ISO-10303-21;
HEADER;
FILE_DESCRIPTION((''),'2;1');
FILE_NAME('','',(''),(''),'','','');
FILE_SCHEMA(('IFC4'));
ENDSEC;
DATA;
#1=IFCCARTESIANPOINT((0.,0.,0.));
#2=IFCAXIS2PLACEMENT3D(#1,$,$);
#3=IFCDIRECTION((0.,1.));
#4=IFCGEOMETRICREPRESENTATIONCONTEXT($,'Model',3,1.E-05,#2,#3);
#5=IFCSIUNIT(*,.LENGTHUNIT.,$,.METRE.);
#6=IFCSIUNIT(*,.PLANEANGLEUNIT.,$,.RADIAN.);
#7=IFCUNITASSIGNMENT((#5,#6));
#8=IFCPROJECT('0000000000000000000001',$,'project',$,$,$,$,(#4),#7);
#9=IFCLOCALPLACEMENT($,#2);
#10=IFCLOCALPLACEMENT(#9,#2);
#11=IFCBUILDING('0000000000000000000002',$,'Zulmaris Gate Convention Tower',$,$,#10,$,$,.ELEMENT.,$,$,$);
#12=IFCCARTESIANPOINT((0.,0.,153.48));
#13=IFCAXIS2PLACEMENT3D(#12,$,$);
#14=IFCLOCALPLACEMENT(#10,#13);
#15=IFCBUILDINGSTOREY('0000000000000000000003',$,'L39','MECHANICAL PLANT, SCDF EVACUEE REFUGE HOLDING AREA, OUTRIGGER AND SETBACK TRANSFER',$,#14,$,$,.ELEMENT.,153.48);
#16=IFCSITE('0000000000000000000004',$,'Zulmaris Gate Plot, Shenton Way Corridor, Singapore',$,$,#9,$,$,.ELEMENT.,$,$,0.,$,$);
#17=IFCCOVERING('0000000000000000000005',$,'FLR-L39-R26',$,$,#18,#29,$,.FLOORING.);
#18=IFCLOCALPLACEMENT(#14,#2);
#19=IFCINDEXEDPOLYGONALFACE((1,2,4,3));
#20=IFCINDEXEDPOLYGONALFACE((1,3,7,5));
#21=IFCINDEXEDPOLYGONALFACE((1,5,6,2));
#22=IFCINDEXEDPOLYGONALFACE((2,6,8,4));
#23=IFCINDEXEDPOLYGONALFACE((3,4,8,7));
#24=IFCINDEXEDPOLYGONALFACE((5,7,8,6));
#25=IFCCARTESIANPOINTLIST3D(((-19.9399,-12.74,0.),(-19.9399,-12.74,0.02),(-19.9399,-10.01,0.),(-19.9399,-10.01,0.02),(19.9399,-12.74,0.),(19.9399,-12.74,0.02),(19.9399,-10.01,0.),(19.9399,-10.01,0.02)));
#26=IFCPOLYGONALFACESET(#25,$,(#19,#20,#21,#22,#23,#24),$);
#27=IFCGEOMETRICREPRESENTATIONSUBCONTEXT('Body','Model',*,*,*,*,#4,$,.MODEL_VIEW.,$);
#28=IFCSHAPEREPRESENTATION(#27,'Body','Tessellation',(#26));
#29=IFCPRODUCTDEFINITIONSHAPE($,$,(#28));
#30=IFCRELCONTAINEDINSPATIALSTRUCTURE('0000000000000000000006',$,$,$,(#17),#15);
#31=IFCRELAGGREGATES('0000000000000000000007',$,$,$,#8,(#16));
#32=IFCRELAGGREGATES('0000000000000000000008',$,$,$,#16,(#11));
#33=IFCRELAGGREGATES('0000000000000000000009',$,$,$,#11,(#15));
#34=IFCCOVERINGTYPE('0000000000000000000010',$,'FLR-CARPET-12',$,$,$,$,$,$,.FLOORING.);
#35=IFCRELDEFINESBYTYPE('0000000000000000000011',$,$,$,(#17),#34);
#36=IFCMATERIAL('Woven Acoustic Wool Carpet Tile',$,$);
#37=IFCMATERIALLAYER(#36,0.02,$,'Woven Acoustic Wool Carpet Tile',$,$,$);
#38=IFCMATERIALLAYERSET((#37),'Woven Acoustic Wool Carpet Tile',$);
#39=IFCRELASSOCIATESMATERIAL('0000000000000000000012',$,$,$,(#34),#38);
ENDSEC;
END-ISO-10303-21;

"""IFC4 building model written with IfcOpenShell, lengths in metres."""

from ifc_helpers import new_model, si_unit, direction, frame, origin, place, context, subcontext, project, spatial, polyline, outline, extrude, material, layer, layer_set, type_object, element, save


model = new_model("IFC4")

# Units and contexts
model_context = context("Model", 3, precision=1e-05, world=origin(), true_north=direction((0.0, 1.0)))
body_context = subcontext(model_context, "Body", "Model", "MODEL_VIEW")
ifc_project = project(units=[si_unit("LENGTHUNIT", "METRE"), si_unit("PLANEANGLEUNIT", "RADIAN")], contexts=[model_context])

# Site, building, storey
site_placement = place(None, origin())
site = spatial("IfcSite", under=ifc_project, at=site_placement, Name="Zulmaris Gate Plot, Shenton Way Corridor, Singapore", CompositionType="ELEMENT", RefElevation=0.0)
building_placement = place(site_placement, origin())
building = spatial("IfcBuilding", under=site, at=building_placement, Name="Zulmaris Gate Convention Tower", CompositionType="ELEMENT")
storey_placement = place(building_placement, frame((0.0, 0.0, 153.48)))
storey = spatial("IfcBuildingStorey", under=building, at=storey_placement, Name="L39", Description="MECHANICAL PLANT, SCDF EVACUEE REFUGE HOLDING AREA, OUTRIGGER AND SETBACK TRANSFER", CompositionType="ELEMENT", Elevation=153.48)

# Covering
ifc_material_1 = material(Name="Woven Acoustic Wool Carpet Tile")
ifc_layer_1 = layer(ifc_material_1, 0.02, Name="Woven Acoustic Wool Carpet Tile")
ifc_layer_set_1 = layer_set([ifc_layer_1], Name="Woven Acoustic Wool Carpet Tile")
covering_type = type_object("IfcCoveringType", Name="FLR-CARPET-12", PredefinedType="FLOORING", material=ifc_layer_set_1)
covering_1_placement = place(storey_placement, origin())
element("IfcCovering", 1, at=covering_1_placement, inside=storey, type_object=covering_type, Name="FLR-L39-R26", PredefinedType="FLOORING", context=body_context, shape_type="SweptSolid", body=[
    extrude(outline(polyline([(-19.9399, -12.74), (19.9399, -12.74), (19.9399, -10.01), (-19.9399, -10.01), (-19.9399, -12.74)])), origin(), (0.0, 0.0, 1.0), 0.02),
])

save(model, "model.ifc")
